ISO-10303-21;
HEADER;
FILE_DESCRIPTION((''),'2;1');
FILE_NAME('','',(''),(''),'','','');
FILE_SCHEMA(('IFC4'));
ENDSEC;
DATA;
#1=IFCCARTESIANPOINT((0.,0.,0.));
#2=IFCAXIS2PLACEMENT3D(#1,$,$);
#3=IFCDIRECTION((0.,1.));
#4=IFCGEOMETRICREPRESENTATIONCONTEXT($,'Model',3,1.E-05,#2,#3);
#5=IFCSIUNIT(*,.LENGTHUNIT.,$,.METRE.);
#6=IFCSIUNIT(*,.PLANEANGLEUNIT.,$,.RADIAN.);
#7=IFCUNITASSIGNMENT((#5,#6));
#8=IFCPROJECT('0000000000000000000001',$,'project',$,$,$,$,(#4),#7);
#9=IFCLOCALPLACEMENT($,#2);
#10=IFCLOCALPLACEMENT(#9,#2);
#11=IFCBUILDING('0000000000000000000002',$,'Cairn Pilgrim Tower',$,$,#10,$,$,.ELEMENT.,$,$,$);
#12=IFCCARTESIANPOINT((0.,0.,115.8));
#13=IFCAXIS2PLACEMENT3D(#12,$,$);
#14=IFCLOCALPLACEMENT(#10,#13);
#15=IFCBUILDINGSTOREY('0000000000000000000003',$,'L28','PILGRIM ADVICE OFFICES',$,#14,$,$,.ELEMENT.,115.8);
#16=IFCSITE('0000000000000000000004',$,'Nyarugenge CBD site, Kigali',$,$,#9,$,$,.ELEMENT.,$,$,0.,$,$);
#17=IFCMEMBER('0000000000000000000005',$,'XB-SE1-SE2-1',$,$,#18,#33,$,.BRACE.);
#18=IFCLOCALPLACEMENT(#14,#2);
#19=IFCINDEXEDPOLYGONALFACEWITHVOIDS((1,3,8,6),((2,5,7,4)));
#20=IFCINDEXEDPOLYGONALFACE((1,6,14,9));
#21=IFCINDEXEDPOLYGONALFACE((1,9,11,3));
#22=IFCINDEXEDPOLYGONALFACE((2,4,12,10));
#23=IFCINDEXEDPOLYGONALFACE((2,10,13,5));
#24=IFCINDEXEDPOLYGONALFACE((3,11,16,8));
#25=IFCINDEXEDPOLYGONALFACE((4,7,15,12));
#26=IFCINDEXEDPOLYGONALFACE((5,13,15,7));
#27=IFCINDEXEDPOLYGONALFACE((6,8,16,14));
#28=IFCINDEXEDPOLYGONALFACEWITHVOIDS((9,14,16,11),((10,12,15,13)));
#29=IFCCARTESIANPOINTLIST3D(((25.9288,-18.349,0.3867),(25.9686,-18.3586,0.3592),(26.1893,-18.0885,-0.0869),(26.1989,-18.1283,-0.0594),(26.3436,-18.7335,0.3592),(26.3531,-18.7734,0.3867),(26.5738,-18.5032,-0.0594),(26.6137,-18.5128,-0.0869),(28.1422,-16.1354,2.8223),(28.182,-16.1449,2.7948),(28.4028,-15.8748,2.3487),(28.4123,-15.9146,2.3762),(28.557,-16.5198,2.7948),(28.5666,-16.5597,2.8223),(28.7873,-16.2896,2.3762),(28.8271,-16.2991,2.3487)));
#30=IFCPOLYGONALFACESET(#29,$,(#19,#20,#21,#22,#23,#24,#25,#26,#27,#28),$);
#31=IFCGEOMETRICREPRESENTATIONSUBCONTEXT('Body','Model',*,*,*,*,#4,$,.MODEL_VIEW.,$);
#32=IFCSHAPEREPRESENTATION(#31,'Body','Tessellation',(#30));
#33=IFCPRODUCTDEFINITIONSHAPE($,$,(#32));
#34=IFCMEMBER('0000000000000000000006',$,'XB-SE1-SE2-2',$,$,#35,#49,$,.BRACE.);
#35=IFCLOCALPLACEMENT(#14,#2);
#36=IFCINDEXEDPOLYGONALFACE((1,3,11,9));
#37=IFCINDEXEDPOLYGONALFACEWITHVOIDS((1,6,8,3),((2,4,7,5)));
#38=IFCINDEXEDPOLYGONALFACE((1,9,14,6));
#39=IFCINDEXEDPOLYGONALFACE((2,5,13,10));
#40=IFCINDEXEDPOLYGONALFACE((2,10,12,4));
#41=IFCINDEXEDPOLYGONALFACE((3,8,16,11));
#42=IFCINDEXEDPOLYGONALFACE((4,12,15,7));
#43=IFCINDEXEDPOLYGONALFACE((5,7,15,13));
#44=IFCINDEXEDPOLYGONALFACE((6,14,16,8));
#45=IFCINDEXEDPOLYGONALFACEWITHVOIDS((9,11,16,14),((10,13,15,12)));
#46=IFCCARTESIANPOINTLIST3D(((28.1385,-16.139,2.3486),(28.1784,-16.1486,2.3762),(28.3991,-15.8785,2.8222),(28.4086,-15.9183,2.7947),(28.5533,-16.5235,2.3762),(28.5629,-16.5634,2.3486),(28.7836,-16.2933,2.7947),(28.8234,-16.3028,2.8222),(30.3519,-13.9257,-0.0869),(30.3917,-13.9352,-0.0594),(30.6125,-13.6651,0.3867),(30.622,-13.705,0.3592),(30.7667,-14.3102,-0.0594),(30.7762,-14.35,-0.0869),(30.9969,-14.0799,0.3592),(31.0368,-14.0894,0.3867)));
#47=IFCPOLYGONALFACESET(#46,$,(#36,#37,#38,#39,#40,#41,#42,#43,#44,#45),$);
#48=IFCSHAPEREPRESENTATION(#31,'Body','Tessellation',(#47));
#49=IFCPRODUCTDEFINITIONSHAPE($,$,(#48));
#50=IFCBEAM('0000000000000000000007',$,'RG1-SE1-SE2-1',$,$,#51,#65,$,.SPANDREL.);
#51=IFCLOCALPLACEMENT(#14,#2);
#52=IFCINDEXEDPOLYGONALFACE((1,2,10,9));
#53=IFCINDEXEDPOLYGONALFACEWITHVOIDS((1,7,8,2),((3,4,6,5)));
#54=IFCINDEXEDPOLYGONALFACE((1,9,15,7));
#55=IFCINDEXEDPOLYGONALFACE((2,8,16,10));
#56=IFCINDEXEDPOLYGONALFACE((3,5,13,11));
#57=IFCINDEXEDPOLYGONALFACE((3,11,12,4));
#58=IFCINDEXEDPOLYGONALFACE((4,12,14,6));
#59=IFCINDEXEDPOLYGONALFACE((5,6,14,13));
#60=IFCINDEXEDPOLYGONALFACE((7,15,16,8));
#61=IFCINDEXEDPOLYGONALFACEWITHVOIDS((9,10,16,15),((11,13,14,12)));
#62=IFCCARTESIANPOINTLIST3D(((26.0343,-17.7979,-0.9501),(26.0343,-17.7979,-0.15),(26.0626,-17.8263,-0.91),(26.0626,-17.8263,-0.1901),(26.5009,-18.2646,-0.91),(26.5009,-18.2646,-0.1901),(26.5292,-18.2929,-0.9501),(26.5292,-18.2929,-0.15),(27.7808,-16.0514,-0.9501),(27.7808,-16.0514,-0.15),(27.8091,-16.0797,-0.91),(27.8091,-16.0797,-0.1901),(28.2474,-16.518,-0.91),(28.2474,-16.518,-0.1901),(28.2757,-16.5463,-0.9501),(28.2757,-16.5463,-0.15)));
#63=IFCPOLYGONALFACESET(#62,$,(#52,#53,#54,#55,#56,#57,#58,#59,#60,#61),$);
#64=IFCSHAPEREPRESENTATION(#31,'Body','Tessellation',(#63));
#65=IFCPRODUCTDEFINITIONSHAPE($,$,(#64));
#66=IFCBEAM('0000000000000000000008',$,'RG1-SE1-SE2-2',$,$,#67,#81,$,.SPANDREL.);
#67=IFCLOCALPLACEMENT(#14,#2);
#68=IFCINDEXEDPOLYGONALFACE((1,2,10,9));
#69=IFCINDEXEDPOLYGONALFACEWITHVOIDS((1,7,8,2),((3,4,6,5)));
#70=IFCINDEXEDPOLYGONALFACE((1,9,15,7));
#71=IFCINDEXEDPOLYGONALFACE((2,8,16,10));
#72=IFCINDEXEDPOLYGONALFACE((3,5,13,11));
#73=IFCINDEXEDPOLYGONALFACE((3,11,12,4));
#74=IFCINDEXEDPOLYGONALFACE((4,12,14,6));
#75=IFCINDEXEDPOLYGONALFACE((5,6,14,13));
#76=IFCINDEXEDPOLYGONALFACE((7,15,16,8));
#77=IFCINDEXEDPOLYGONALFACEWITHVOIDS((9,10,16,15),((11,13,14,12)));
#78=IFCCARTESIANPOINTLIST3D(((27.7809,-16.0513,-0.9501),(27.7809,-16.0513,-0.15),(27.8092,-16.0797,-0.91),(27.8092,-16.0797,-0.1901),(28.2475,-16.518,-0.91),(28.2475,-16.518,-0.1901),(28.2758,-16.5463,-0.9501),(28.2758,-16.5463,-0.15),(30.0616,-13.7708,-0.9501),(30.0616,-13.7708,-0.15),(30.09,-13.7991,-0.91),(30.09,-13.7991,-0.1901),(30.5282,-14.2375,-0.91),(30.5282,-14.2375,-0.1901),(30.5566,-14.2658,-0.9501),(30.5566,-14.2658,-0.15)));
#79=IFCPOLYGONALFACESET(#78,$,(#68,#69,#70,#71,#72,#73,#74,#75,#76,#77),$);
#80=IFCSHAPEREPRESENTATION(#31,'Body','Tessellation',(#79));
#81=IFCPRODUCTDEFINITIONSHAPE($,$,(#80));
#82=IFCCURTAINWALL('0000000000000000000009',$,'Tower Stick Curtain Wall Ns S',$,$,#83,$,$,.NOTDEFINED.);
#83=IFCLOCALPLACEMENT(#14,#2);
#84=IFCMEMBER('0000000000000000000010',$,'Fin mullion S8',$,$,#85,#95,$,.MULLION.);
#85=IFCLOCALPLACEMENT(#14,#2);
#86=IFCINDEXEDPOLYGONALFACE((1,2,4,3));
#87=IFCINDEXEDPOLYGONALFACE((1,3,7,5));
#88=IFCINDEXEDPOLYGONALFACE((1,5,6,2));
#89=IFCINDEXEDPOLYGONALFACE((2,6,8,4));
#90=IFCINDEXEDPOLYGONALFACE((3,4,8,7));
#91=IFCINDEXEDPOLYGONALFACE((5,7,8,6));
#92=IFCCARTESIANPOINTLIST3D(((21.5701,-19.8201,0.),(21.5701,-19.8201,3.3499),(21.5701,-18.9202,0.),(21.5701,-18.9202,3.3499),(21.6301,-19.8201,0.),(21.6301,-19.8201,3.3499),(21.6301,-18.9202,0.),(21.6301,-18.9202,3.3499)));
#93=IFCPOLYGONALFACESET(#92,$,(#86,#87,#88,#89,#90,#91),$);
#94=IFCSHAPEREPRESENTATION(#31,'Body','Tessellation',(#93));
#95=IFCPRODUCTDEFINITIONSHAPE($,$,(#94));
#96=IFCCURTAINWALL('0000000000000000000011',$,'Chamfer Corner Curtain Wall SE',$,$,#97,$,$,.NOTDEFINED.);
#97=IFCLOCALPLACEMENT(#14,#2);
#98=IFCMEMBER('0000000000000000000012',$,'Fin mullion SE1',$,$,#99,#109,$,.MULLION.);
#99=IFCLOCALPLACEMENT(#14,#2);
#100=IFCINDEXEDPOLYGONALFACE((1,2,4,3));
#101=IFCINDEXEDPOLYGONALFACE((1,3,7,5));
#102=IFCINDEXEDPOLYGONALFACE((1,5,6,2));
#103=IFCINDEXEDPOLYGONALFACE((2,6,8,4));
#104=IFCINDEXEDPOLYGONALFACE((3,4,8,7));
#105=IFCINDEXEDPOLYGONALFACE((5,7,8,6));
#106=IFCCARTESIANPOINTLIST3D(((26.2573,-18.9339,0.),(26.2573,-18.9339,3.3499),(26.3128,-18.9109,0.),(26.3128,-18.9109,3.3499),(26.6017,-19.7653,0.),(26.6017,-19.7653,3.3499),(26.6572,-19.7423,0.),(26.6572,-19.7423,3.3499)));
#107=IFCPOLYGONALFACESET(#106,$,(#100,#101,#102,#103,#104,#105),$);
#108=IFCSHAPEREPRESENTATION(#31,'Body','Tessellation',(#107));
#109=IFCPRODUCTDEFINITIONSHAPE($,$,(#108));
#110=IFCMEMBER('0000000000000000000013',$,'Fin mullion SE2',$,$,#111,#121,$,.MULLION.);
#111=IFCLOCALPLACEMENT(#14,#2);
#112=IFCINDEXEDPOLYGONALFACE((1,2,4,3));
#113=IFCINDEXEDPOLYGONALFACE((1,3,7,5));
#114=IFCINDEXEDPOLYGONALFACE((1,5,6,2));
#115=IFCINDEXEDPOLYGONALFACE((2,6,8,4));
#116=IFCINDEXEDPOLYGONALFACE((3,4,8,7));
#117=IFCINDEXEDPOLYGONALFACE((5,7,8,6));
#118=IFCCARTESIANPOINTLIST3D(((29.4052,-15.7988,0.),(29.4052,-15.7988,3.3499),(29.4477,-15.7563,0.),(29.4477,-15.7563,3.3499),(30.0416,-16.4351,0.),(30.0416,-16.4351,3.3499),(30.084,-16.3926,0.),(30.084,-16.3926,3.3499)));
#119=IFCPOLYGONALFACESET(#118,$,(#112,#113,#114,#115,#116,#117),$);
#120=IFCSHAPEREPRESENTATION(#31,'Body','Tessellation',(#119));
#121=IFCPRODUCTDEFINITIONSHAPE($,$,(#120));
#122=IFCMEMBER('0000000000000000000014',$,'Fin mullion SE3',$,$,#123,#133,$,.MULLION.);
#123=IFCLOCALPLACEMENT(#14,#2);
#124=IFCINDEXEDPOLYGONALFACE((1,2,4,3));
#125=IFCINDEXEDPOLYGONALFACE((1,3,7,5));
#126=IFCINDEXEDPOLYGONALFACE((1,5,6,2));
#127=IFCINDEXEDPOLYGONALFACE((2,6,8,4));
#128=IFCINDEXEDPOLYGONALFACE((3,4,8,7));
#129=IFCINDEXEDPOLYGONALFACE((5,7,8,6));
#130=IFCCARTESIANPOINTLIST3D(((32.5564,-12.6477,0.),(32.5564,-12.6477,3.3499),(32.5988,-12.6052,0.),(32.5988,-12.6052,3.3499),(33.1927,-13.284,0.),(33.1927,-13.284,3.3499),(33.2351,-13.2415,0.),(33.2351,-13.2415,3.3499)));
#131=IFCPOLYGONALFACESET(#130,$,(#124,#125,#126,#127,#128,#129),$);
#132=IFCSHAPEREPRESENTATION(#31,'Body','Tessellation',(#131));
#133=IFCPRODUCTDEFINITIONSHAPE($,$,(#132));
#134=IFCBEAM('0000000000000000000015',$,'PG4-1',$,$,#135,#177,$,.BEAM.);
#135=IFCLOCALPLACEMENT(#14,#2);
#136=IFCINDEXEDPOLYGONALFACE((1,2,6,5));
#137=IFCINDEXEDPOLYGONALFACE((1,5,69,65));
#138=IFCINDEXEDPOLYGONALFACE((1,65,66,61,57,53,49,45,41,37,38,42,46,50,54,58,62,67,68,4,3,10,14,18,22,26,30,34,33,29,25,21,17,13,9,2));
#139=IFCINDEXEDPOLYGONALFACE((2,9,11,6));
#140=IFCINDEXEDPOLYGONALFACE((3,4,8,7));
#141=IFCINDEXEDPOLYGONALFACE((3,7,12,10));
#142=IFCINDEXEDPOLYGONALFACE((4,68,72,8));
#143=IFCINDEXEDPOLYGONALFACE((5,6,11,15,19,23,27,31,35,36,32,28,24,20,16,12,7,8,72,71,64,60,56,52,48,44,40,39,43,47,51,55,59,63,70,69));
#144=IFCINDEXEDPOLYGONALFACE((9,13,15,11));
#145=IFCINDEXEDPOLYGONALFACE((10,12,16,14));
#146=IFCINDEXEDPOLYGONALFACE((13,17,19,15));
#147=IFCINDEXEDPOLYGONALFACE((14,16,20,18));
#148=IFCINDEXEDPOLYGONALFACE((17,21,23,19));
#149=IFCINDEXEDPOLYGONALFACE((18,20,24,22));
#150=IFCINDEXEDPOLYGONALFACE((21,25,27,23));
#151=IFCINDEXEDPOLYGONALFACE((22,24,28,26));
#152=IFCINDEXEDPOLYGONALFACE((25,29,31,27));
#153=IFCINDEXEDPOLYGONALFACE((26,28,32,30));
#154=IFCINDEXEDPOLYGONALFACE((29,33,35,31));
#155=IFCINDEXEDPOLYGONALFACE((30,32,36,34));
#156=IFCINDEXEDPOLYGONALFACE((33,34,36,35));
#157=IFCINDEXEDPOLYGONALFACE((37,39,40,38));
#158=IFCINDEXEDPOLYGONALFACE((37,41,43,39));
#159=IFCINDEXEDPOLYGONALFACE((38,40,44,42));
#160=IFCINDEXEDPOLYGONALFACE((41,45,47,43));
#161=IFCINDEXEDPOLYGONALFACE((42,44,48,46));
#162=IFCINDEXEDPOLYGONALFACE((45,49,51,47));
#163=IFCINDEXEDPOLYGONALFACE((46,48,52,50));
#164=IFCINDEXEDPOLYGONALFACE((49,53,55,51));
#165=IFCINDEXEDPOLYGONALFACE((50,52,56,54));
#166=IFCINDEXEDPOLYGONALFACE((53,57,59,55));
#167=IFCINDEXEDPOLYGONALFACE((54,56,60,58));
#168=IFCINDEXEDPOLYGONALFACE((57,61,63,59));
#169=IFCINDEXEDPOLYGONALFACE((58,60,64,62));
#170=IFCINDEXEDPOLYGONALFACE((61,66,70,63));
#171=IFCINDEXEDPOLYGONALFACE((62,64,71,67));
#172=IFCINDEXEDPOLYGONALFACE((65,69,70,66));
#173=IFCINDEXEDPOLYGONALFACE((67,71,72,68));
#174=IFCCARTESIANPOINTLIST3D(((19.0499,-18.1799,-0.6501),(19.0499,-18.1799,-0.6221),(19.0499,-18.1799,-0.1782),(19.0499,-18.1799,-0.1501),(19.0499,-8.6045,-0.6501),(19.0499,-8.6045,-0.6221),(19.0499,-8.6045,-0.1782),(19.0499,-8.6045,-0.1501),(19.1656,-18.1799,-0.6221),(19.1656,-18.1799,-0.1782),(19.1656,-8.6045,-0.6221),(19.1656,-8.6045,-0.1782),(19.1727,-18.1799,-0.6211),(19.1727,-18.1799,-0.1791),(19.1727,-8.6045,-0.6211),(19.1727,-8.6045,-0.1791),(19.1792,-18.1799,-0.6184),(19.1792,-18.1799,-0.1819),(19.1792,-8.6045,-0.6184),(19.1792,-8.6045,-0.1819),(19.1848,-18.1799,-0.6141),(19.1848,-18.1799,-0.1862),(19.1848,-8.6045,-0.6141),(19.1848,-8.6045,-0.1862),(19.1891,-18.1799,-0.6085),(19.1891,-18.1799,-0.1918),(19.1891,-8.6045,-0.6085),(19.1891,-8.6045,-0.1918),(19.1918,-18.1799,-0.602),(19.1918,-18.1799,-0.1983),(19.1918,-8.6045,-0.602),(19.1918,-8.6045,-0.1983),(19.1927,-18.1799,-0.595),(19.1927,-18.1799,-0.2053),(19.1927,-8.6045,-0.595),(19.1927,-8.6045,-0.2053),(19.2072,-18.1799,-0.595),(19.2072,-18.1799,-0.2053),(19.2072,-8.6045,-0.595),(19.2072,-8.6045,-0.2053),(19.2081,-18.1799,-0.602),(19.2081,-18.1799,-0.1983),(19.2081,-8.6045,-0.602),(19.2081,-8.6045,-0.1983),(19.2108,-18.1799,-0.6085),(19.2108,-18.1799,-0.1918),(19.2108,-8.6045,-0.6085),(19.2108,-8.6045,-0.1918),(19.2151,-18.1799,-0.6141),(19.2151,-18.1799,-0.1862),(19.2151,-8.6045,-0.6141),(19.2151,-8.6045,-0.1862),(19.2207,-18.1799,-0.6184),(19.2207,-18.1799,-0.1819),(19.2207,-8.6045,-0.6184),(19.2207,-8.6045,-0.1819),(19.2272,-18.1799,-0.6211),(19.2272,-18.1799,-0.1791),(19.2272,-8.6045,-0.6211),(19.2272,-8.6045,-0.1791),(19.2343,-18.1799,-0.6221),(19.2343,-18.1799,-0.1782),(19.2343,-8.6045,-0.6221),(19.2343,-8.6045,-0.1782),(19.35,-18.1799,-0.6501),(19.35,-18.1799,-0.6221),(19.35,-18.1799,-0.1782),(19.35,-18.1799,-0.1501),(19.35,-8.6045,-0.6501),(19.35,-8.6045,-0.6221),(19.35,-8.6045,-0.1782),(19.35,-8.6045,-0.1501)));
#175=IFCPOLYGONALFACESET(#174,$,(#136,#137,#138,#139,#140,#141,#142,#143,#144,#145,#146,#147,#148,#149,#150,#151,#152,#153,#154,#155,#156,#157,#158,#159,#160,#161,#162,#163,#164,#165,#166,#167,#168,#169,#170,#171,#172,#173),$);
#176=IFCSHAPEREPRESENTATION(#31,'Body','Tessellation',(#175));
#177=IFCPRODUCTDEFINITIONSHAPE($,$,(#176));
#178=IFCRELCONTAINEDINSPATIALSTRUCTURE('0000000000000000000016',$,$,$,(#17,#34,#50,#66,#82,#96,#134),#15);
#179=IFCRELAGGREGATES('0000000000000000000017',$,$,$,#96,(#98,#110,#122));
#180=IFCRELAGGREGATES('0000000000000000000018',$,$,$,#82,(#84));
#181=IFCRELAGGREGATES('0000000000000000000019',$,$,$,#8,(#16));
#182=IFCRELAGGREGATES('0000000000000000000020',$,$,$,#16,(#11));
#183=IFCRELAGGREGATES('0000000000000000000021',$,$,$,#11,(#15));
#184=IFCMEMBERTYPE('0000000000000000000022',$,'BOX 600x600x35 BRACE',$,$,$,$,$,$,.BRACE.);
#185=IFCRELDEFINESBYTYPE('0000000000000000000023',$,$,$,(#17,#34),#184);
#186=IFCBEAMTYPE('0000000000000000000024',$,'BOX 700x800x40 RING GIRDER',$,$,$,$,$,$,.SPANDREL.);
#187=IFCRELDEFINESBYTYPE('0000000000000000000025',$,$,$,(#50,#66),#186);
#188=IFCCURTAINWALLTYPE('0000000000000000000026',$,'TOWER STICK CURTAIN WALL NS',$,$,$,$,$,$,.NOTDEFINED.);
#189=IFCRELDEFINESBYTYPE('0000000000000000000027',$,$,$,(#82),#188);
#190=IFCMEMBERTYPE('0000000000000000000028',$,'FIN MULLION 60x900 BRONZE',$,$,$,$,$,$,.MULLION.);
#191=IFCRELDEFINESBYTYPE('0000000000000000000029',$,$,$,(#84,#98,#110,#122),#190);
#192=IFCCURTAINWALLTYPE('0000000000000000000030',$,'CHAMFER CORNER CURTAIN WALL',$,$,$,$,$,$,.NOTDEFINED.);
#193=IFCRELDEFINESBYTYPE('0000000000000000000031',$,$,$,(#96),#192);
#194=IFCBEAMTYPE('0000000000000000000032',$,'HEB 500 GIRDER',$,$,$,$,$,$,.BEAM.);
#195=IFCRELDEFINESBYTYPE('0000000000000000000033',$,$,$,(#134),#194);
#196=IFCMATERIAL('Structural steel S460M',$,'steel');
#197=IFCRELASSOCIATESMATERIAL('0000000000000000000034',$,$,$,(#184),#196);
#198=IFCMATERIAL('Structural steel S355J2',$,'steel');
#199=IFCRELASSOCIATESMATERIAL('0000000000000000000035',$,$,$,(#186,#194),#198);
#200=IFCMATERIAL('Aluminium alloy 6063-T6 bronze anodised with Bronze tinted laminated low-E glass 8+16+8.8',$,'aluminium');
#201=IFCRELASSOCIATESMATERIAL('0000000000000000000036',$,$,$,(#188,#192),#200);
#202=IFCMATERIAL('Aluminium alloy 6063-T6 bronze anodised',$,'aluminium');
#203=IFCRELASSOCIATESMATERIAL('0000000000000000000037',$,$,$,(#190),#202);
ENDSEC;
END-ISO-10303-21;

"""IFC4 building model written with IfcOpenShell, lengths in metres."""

from ifc_helpers import new_model, si_unit, direction, frame, origin, origin_2d, place, context, subcontext, project, spatial, rectangle, hollow_rectangle, i_section, extrude, material, material_profile, profile_set, type_object, element, aggregate, save


model = new_model("IFC4")

# Units and contexts
model_context = context("Model", 3, precision=1e-05, world=origin(), true_north=direction((0.0, 1.0)))
body_context = subcontext(model_context, "Body", "Model", "MODEL_VIEW")
ifc_project = project(units=[si_unit("LENGTHUNIT", "METRE"), si_unit("PLANEANGLEUNIT", "RADIAN")], contexts=[model_context])

# Site, building, storey
site_placement = place(None, origin())
site = spatial("IfcSite", under=ifc_project, at=site_placement, Name="Nyarugenge CBD site, Kigali", CompositionType="ELEMENT", RefElevation=0.0)
building_placement = place(site_placement, origin())
building = spatial("IfcBuilding", under=site, at=building_placement, Name="Cairn Pilgrim Tower", CompositionType="ELEMENT")
storey_placement = place(building_placement, frame((0.0, 0.0, 115.8)))
storey = spatial("IfcBuildingStorey", under=building, at=storey_placement, Name="L28", Description="PILGRIM ADVICE OFFICES", CompositionType="ELEMENT", Elevation=115.8)

# Shared definitions
ifc_material_1 = material(Name="Structural steel S460M", Category="steel")

# Members
ifc_material_profile_1 = material_profile(ifc_material_1, hollow_rectangle(XDim=0.6001, YDim=0.6001, WallThickness=0.0349, at=origin_2d()), Name="BOX 600x600x35")
ifc_profile_set_1 = profile_set([ifc_material_profile_1], Name="Structural steel S460M")
member_type_1 = type_object("IfcMemberType", Name="BOX 600x600x35 BRACE", PredefinedType="BRACE", material=ifc_profile_set_1)
member_1_placement = place(storey_placement, frame((26.2712, -18.4309, 0.1499), z_axis=(0.558055, 0.558116, 0.614069), x_axis=(-0.707146, 0.707068, 0.0)))
element("IfcMember", 1, at=member_1_placement, inside=storey, type_object=member_type_1, Name="XB-SE1-SE2-1", PredefinedType="BRACE", context=body_context, shape_type="SweptSolid", body=[
    extrude(hollow_rectangle(XDim=0.6001, YDim=0.6001, WallThickness=0.0349, at=origin_2d()), origin(), (0.0, 0.0, 1.0), 3.9663),
])
member_2_placement = place(storey_placement, frame((30.6943, -14.0076, 0.1499), z_axis=(-0.558074, -0.558074, 0.614091), x_axis=(0.707107, -0.707107, 0.0)))
element("IfcMember", 2, at=member_2_placement, inside=storey, type_object=member_type_1, Name="XB-SE1-SE2-2", PredefinedType="BRACE", context=body_context, shape_type="SweptSolid", body=[
    extrude(hollow_rectangle(XDim=0.6001, YDim=0.6001, WallThickness=0.0349, at=origin_2d()), origin(), (0.0, 0.0, 1.0), 3.9661),
])

# Beams
ifc_material_2 = material(Name="Structural steel S355J2", Category="steel")
ifc_material_profile_2 = material_profile(ifc_material_2, hollow_rectangle(XDim=0.7, YDim=0.8, WallThickness=0.04, at=origin_2d()), Name="BOX 700x800x40")
ifc_profile_set_2 = profile_set([ifc_material_profile_2], Name="Structural steel S355J2")
beam_type_1 = type_object("IfcBeamType", Name="BOX 700x800x40 RING GIRDER", PredefinedType="SPANDREL", material=ifc_profile_set_2)
beam_1_placement = place(storey_placement, frame((26.2817, -18.0454, -0.55), z_axis=(0.707107, 0.707107, 0.0), x_axis=(-0.707107, 0.707107, 0.0)))
element("IfcBeam", 3, at=beam_1_placement, inside=storey, type_object=beam_type_1, Name="RG1-SE1-SE2-1", PredefinedType="SPANDREL", context=body_context, shape_type="SweptSolid", body=[
    extrude(hollow_rectangle(XDim=0.7, YDim=0.8, WallThickness=0.04, at=origin_2d()), origin(), (0.0, 0.0, 1.0), 2.47),
])
beam_2_placement = place(storey_placement, frame((28.0283, -16.2988, -0.55), z_axis=(0.707145, 0.707069, 0.0), x_axis=(-0.707069, 0.707145, 0.0)))
element("IfcBeam", 4, at=beam_2_placement, inside=storey, type_object=beam_type_1, Name="RG1-SE1-SE2-2", PredefinedType="SPANDREL", context=body_context, shape_type="SweptSolid", body=[
    extrude(hollow_rectangle(XDim=0.7, YDim=0.8, WallThickness=0.04, at=origin_2d()), origin(), (0.0, 0.0, 1.0), 3.2253),
])

# Curtain wall, member
ifc_material_3 = material(Name="Aluminium alloy 6063-T6 bronze anodised with Bronze tinted laminated low-E glass 8+16+8.8", Category="aluminium")
curtain_wall_type_1 = type_object("IfcCurtainWallType", Name="TOWER STICK CURTAIN WALL NS", PredefinedType="NOTDEFINED", material=ifc_material_3)
curtain_wall_1_placement = place(storey_placement, origin())
curtain_wall_1 = element("IfcCurtainWall", 5, at=curtain_wall_1_placement, inside=storey, type_object=curtain_wall_type_1, Name="Tower Stick Curtain Wall Ns S", PredefinedType="NOTDEFINED")
ifc_material_4 = material(Name="Aluminium alloy 6063-T6 bronze anodised", Category="aluminium")
ifc_material_profile_3 = material_profile(ifc_material_4, rectangle(XDim=0.8999, YDim=0.0601, at=origin_2d()), Name="FIN MULLION 60x900 BRONZE")
ifc_profile_set_3 = profile_set([ifc_material_profile_3], Name="Aluminium alloy 6063-T6 bronze anodised")
member_type_2 = type_object("IfcMemberType", Name="FIN MULLION 60x900 BRONZE", PredefinedType="MULLION", material=ifc_profile_set_3)
member_3_placement = place(storey_placement, frame((21.6001, -19.3701, 0.0), z_axis=(0.0, 0.0, 1.0), x_axis=(0.0, -1.0, 0.0)))
member_3 = element("IfcMember", 6, at=member_3_placement, type_object=member_type_2, Name="Fin mullion S8", PredefinedType="MULLION", context=body_context, shape_type="SweptSolid", body=[
    extrude(rectangle(XDim=0.8999, YDim=0.0601, at=origin_2d()), origin(), (0.0, 0.0, 1.0), 3.3499),
])

# Curtain wall, members
curtain_wall_type_2 = type_object("IfcCurtainWallType", Name="CHAMFER CORNER CURTAIN WALL", PredefinedType="NOTDEFINED", material=ifc_material_3)
curtain_wall_2_placement = place(storey_placement, origin())
curtain_wall_2 = element("IfcCurtainWall", 7, at=curtain_wall_2_placement, inside=storey, type_object=curtain_wall_type_2, Name="Chamfer Corner Curtain Wall SE", PredefinedType="NOTDEFINED")
member_4_placement = place(storey_placement, frame((26.4573, -19.3381, 0.0), z_axis=(0.0, 0.0, 1.0), x_axis=(0.382683, -0.92388, 0.0)))
member_4 = element("IfcMember", 8, at=member_4_placement, type_object=member_type_2, Name="Fin mullion SE1", PredefinedType="MULLION", context=body_context, shape_type="SweptSolid", body=[
    extrude(rectangle(XDim=0.8999, YDim=0.0601, at=origin_2d()), origin(), (0.0, 0.0, 1.0), 3.3499),
])
member_5_placement = place(storey_placement, frame((29.7446, -16.0957, 0.0), z_axis=(0.0, 0.0, 1.0), x_axis=(0.707107, -0.707107, 0.0)))
member_5 = element("IfcMember", 9, at=member_5_placement, type_object=member_type_2, Name="Fin mullion SE2", PredefinedType="MULLION", context=body_context, shape_type="SweptSolid", body=[
    extrude(rectangle(XDim=0.8999, YDim=0.0601, at=origin_2d()), origin(), (0.0, 0.0, 1.0), 3.3499),
])
member_6_placement = place(storey_placement, frame((32.8958, -12.9446, 0.0), z_axis=(0.0, 0.0, 1.0), x_axis=(0.707107, -0.707107, 0.0)))
member_6 = element("IfcMember", 10, at=member_6_placement, type_object=member_type_2, Name="Fin mullion SE3", PredefinedType="MULLION", context=body_context, shape_type="SweptSolid", body=[
    extrude(rectangle(XDim=0.8999, YDim=0.0601, at=origin_2d()), origin(), (0.0, 0.0, 1.0), 3.3499),
])

# Beam
ifc_material_profile_4 = material_profile(ifc_material_2, i_section(OverallWidth=0.3, OverallDepth=0.5, WebThickness=0.0144, FlangeThickness=0.0281, FilletRadius=0.0271, at=origin_2d()), Name="HEB 500")
ifc_profile_set_4 = profile_set([ifc_material_profile_4], Name="Structural steel S355J2")
beam_type_2 = type_object("IfcBeamType", Name="HEB 500 GIRDER", PredefinedType="BEAM", material=ifc_profile_set_4)
beam_3_placement = place(storey_placement, frame((19.2, -18.1799, -0.4001), z_axis=(0.0, 1.0, 0.0), x_axis=(-1.0, 0.0, 0.0)))
element("IfcBeam", 11, at=beam_3_placement, inside=storey, type_object=beam_type_2, Name="PG4-1", PredefinedType="BEAM", context=body_context, shape_type="SweptSolid", body=[
    extrude(i_section(OverallWidth=0.3, OverallDepth=0.5, WebThickness=0.0144, FlangeThickness=0.0281, FilletRadius=0.0271, at=origin_2d()), origin(), (0.0, 0.0, 1.0), 9.5754),
])

aggregate(curtain_wall_2, [member_4, member_5, member_6])
aggregate(curtain_wall_1, [member_3])

save(model, "model.ifc")
